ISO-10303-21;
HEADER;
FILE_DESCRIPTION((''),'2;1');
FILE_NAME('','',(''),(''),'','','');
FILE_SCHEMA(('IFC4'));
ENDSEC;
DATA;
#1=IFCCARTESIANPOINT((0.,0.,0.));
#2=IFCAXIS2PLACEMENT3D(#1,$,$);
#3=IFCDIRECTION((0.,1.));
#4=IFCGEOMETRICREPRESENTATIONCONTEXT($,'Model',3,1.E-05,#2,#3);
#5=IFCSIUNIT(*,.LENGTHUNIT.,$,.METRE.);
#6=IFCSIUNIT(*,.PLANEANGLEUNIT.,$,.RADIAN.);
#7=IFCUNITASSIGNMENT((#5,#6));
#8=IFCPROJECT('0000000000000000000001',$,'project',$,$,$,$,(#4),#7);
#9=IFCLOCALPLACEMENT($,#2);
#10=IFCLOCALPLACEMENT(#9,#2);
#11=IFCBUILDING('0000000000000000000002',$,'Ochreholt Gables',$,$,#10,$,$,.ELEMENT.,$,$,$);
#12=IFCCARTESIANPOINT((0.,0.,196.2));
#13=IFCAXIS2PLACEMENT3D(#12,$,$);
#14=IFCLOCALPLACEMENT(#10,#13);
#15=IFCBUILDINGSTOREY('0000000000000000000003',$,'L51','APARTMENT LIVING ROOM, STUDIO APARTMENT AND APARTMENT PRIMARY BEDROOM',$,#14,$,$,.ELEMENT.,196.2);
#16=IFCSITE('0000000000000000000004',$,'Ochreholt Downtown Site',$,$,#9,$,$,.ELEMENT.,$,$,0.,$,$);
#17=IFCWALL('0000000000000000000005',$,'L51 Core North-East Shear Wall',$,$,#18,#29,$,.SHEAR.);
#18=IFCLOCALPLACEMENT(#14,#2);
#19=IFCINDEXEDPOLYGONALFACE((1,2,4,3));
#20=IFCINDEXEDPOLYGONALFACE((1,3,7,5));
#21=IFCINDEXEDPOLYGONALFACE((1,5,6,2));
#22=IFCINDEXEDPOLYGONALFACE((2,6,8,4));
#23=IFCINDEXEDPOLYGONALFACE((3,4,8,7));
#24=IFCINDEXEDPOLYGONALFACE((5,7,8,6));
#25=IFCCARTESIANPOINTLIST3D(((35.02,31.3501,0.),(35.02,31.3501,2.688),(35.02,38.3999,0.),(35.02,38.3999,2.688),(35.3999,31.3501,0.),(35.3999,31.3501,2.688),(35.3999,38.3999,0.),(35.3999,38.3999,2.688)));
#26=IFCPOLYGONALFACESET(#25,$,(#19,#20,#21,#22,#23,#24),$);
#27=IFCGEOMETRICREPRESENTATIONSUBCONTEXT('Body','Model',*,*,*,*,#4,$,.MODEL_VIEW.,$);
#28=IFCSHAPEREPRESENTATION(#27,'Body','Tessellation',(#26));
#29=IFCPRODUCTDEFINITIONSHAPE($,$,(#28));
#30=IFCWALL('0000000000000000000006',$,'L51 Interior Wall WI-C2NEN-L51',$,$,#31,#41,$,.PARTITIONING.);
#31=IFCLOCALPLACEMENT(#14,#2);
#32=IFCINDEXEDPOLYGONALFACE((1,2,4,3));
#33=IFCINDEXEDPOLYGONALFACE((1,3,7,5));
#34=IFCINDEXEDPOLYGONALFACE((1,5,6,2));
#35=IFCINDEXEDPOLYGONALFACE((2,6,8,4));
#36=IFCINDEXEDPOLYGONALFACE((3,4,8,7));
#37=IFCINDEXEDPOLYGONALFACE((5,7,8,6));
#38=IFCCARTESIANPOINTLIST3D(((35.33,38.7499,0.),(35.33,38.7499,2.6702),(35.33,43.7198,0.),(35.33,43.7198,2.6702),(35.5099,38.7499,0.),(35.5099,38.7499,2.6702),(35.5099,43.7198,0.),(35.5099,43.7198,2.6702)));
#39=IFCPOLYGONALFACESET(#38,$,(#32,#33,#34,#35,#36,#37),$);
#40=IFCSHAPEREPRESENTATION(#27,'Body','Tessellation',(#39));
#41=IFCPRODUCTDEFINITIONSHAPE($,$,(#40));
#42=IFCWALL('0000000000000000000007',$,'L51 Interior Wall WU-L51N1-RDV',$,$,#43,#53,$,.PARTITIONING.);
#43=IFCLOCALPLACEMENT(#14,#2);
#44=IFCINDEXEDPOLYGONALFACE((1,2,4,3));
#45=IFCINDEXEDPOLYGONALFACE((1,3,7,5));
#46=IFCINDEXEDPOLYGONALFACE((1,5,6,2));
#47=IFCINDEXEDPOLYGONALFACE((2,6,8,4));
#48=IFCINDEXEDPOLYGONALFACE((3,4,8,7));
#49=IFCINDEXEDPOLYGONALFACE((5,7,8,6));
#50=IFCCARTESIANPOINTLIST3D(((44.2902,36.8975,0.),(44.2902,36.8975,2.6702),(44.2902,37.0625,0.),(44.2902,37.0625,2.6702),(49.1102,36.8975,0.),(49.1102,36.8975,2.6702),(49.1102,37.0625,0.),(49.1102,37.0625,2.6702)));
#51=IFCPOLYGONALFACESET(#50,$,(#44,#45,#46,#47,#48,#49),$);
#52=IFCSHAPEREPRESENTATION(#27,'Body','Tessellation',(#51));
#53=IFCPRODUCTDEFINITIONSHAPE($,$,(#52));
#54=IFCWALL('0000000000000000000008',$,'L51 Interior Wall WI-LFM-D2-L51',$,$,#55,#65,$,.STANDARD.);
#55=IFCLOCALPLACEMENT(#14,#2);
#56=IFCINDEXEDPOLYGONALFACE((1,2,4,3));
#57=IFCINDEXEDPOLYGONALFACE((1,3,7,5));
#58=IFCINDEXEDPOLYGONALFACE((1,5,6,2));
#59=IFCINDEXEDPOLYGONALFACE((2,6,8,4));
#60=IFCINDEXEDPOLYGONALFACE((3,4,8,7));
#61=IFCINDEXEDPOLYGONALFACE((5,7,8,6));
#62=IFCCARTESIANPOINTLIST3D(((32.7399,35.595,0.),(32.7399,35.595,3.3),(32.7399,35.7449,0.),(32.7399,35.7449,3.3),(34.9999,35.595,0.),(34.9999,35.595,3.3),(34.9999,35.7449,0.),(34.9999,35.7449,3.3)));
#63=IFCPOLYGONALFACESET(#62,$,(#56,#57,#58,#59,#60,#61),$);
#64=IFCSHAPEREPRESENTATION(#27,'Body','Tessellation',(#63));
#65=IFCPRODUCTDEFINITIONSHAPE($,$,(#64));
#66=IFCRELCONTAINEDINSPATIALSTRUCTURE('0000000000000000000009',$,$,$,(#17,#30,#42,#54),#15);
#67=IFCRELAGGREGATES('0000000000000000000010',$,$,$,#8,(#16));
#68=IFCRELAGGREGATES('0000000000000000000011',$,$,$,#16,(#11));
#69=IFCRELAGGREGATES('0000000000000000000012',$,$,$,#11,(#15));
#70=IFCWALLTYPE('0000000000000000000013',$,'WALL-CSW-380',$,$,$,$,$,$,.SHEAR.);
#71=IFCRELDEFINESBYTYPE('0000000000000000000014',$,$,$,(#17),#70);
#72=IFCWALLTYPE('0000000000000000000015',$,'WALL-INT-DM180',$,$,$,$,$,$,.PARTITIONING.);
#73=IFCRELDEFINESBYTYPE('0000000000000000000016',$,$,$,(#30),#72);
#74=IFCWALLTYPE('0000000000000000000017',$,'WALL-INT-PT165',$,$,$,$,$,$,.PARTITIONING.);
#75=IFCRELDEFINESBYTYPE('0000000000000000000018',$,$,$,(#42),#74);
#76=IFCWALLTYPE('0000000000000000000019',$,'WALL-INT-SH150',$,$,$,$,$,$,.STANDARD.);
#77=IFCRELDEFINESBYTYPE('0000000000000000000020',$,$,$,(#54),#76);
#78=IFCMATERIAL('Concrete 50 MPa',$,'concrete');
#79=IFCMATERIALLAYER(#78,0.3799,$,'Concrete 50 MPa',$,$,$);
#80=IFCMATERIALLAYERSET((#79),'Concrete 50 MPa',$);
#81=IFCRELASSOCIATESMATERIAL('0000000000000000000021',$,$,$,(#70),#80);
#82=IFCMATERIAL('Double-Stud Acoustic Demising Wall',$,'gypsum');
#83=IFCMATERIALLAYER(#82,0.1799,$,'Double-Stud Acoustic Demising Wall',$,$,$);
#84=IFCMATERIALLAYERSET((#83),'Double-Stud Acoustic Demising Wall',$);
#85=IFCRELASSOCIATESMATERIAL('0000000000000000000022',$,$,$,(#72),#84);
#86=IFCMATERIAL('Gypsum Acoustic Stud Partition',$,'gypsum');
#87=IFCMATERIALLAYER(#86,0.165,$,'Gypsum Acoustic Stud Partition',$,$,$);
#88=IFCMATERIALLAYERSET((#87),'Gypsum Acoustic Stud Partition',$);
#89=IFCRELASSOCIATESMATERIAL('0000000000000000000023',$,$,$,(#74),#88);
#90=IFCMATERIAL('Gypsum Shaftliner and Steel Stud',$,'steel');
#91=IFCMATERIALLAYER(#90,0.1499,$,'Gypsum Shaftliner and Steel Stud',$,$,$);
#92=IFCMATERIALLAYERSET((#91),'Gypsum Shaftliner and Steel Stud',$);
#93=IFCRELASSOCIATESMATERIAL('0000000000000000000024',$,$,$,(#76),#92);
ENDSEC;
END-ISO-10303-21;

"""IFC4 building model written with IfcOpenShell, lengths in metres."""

from ifc_helpers import new_model, si_unit, direction, frame, frame_2d, origin, place, context, subcontext, project, spatial, rectangle, extrude, material, layer, layer_set, type_object, element, save


model = new_model("IFC4")

# Units and contexts
model_context = context("Model", 3, precision=1e-05, world=origin(), true_north=direction((0.0, 1.0)))
body_context = subcontext(model_context, "Body", "Model", "MODEL_VIEW")
ifc_project = project(units=[si_unit("LENGTHUNIT", "METRE"), si_unit("PLANEANGLEUNIT", "RADIAN")], contexts=[model_context])

# Site, building, storey
site_placement = place(None, origin())
site = spatial("IfcSite", under=ifc_project, at=site_placement, Name="Ochreholt Downtown Site", CompositionType="ELEMENT", RefElevation=0.0)
building_placement = place(site_placement, origin())
building = spatial("IfcBuilding", under=site, at=building_placement, Name="Ochreholt Gables", CompositionType="ELEMENT")
storey_placement = place(building_placement, frame((0.0, 0.0, 196.2)))
storey = spatial("IfcBuildingStorey", under=building, at=storey_placement, Name="L51", Description="APARTMENT LIVING ROOM, STUDIO APARTMENT AND APARTMENT PRIMARY BEDROOM", CompositionType="ELEMENT", Elevation=196.2)

# Shared definitions
ifc_material_1 = material(Name="Concrete 50 MPa", Category="concrete")

# Walls
ifc_layer_1 = layer(ifc_material_1, 0.3799, Name="Concrete 50 MPa")
ifc_layer_set_1 = layer_set([ifc_layer_1], Name="Concrete 50 MPa")
wall_type_1 = type_object("IfcWallType", Name="WALL-CSW-380", PredefinedType="SHEAR", material=ifc_layer_set_1)
wall_1_placement = place(storey_placement, frame((35.21, 31.3501, 0.0), z_axis=(0.0, 0.0, 1.0), x_axis=(0.0, 1.0, 0.0)))
element("IfcWall", 1, at=wall_1_placement, inside=storey, type_object=wall_type_1, Name="L51 Core North-East Shear Wall", PredefinedType="SHEAR", context=body_context, shape_type="SweptSolid", body=[
    extrude(rectangle(XDim=7.0498, YDim=0.3799, at=frame_2d((3.5249, 0.0))), origin(), (0.0, 0.0, 1.0), 2.688),
])
ifc_material_2 = material(Name="Double-Stud Acoustic Demising Wall", Category="gypsum")
ifc_layer_2 = layer(ifc_material_2, 0.1799, Name="Double-Stud Acoustic Demising Wall")
ifc_layer_set_2 = layer_set([ifc_layer_2], Name="Double-Stud Acoustic Demising Wall")
wall_type_2 = type_object("IfcWallType", Name="WALL-INT-DM180", PredefinedType="PARTITIONING", material=ifc_layer_set_2)
wall_2_placement = place(storey_placement, frame((35.4199, 38.75, 0.0), z_axis=(0.0, 0.0, 1.0), x_axis=(0.0, 1.0, 0.0)))
element("IfcWall", 2, at=wall_2_placement, inside=storey, type_object=wall_type_2, Name="L51 Interior Wall WI-C2NEN-L51", PredefinedType="PARTITIONING", context=body_context, shape_type="SweptSolid", body=[
    extrude(rectangle(XDim=4.97, YDim=0.1799, at=frame_2d((2.4849, 0.0))), origin(), (0.0, 0.0, 1.0), 2.6702),
])

# Walls
ifc_material_3 = material(Name="Gypsum Acoustic Stud Partition", Category="gypsum")
ifc_layer_3 = layer(ifc_material_3, 0.165, Name="Gypsum Acoustic Stud Partition")
ifc_layer_set_3 = layer_set([ifc_layer_3], Name="Gypsum Acoustic Stud Partition")
wall_type_3 = type_object("IfcWallType", Name="WALL-INT-PT165", PredefinedType="PARTITIONING", material=ifc_layer_set_3)
wall_3_placement = place(storey_placement, frame((44.29, 36.98, 0.0), z_axis=(0.0, 0.0, 1.0), x_axis=(1.0, 0.0, 0.0)))
element("IfcWall", 3, at=wall_3_placement, inside=storey, type_object=wall_type_3, Name="L51 Interior Wall WU-L51N1-RDV", PredefinedType="PARTITIONING", context=body_context, shape_type="SweptSolid", body=[
    extrude(rectangle(XDim=4.8201, YDim=0.165, at=frame_2d((2.4102, 0.0))), origin(), (0.0, 0.0, 1.0), 2.6702),
])
ifc_material_4 = material(Name="Gypsum Shaftliner and Steel Stud", Category="steel")
ifc_layer_4 = layer(ifc_material_4, 0.1499, Name="Gypsum Shaftliner and Steel Stud")
ifc_layer_set_4 = layer_set([ifc_layer_4], Name="Gypsum Shaftliner and Steel Stud")
wall_type_4 = type_object("IfcWallType", Name="WALL-INT-SH150", PredefinedType="STANDARD", material=ifc_layer_set_4)
wall_4_placement = place(storey_placement, frame((32.74, 35.6699, 0.0), z_axis=(0.0, 0.0, 1.0), x_axis=(1.0, 0.0, 0.0)))
element("IfcWall", 4, at=wall_4_placement, inside=storey, type_object=wall_type_4, Name="L51 Interior Wall WI-LFM-D2-L51", PredefinedType="STANDARD", context=body_context, shape_type="SweptSolid", body=[
    extrude(rectangle(XDim=2.26, YDim=0.1499, at=frame_2d((1.1299, 0.0))), origin(), (0.0, 0.0, 1.0), 3.3),
])

save(model, "model.ifc")
